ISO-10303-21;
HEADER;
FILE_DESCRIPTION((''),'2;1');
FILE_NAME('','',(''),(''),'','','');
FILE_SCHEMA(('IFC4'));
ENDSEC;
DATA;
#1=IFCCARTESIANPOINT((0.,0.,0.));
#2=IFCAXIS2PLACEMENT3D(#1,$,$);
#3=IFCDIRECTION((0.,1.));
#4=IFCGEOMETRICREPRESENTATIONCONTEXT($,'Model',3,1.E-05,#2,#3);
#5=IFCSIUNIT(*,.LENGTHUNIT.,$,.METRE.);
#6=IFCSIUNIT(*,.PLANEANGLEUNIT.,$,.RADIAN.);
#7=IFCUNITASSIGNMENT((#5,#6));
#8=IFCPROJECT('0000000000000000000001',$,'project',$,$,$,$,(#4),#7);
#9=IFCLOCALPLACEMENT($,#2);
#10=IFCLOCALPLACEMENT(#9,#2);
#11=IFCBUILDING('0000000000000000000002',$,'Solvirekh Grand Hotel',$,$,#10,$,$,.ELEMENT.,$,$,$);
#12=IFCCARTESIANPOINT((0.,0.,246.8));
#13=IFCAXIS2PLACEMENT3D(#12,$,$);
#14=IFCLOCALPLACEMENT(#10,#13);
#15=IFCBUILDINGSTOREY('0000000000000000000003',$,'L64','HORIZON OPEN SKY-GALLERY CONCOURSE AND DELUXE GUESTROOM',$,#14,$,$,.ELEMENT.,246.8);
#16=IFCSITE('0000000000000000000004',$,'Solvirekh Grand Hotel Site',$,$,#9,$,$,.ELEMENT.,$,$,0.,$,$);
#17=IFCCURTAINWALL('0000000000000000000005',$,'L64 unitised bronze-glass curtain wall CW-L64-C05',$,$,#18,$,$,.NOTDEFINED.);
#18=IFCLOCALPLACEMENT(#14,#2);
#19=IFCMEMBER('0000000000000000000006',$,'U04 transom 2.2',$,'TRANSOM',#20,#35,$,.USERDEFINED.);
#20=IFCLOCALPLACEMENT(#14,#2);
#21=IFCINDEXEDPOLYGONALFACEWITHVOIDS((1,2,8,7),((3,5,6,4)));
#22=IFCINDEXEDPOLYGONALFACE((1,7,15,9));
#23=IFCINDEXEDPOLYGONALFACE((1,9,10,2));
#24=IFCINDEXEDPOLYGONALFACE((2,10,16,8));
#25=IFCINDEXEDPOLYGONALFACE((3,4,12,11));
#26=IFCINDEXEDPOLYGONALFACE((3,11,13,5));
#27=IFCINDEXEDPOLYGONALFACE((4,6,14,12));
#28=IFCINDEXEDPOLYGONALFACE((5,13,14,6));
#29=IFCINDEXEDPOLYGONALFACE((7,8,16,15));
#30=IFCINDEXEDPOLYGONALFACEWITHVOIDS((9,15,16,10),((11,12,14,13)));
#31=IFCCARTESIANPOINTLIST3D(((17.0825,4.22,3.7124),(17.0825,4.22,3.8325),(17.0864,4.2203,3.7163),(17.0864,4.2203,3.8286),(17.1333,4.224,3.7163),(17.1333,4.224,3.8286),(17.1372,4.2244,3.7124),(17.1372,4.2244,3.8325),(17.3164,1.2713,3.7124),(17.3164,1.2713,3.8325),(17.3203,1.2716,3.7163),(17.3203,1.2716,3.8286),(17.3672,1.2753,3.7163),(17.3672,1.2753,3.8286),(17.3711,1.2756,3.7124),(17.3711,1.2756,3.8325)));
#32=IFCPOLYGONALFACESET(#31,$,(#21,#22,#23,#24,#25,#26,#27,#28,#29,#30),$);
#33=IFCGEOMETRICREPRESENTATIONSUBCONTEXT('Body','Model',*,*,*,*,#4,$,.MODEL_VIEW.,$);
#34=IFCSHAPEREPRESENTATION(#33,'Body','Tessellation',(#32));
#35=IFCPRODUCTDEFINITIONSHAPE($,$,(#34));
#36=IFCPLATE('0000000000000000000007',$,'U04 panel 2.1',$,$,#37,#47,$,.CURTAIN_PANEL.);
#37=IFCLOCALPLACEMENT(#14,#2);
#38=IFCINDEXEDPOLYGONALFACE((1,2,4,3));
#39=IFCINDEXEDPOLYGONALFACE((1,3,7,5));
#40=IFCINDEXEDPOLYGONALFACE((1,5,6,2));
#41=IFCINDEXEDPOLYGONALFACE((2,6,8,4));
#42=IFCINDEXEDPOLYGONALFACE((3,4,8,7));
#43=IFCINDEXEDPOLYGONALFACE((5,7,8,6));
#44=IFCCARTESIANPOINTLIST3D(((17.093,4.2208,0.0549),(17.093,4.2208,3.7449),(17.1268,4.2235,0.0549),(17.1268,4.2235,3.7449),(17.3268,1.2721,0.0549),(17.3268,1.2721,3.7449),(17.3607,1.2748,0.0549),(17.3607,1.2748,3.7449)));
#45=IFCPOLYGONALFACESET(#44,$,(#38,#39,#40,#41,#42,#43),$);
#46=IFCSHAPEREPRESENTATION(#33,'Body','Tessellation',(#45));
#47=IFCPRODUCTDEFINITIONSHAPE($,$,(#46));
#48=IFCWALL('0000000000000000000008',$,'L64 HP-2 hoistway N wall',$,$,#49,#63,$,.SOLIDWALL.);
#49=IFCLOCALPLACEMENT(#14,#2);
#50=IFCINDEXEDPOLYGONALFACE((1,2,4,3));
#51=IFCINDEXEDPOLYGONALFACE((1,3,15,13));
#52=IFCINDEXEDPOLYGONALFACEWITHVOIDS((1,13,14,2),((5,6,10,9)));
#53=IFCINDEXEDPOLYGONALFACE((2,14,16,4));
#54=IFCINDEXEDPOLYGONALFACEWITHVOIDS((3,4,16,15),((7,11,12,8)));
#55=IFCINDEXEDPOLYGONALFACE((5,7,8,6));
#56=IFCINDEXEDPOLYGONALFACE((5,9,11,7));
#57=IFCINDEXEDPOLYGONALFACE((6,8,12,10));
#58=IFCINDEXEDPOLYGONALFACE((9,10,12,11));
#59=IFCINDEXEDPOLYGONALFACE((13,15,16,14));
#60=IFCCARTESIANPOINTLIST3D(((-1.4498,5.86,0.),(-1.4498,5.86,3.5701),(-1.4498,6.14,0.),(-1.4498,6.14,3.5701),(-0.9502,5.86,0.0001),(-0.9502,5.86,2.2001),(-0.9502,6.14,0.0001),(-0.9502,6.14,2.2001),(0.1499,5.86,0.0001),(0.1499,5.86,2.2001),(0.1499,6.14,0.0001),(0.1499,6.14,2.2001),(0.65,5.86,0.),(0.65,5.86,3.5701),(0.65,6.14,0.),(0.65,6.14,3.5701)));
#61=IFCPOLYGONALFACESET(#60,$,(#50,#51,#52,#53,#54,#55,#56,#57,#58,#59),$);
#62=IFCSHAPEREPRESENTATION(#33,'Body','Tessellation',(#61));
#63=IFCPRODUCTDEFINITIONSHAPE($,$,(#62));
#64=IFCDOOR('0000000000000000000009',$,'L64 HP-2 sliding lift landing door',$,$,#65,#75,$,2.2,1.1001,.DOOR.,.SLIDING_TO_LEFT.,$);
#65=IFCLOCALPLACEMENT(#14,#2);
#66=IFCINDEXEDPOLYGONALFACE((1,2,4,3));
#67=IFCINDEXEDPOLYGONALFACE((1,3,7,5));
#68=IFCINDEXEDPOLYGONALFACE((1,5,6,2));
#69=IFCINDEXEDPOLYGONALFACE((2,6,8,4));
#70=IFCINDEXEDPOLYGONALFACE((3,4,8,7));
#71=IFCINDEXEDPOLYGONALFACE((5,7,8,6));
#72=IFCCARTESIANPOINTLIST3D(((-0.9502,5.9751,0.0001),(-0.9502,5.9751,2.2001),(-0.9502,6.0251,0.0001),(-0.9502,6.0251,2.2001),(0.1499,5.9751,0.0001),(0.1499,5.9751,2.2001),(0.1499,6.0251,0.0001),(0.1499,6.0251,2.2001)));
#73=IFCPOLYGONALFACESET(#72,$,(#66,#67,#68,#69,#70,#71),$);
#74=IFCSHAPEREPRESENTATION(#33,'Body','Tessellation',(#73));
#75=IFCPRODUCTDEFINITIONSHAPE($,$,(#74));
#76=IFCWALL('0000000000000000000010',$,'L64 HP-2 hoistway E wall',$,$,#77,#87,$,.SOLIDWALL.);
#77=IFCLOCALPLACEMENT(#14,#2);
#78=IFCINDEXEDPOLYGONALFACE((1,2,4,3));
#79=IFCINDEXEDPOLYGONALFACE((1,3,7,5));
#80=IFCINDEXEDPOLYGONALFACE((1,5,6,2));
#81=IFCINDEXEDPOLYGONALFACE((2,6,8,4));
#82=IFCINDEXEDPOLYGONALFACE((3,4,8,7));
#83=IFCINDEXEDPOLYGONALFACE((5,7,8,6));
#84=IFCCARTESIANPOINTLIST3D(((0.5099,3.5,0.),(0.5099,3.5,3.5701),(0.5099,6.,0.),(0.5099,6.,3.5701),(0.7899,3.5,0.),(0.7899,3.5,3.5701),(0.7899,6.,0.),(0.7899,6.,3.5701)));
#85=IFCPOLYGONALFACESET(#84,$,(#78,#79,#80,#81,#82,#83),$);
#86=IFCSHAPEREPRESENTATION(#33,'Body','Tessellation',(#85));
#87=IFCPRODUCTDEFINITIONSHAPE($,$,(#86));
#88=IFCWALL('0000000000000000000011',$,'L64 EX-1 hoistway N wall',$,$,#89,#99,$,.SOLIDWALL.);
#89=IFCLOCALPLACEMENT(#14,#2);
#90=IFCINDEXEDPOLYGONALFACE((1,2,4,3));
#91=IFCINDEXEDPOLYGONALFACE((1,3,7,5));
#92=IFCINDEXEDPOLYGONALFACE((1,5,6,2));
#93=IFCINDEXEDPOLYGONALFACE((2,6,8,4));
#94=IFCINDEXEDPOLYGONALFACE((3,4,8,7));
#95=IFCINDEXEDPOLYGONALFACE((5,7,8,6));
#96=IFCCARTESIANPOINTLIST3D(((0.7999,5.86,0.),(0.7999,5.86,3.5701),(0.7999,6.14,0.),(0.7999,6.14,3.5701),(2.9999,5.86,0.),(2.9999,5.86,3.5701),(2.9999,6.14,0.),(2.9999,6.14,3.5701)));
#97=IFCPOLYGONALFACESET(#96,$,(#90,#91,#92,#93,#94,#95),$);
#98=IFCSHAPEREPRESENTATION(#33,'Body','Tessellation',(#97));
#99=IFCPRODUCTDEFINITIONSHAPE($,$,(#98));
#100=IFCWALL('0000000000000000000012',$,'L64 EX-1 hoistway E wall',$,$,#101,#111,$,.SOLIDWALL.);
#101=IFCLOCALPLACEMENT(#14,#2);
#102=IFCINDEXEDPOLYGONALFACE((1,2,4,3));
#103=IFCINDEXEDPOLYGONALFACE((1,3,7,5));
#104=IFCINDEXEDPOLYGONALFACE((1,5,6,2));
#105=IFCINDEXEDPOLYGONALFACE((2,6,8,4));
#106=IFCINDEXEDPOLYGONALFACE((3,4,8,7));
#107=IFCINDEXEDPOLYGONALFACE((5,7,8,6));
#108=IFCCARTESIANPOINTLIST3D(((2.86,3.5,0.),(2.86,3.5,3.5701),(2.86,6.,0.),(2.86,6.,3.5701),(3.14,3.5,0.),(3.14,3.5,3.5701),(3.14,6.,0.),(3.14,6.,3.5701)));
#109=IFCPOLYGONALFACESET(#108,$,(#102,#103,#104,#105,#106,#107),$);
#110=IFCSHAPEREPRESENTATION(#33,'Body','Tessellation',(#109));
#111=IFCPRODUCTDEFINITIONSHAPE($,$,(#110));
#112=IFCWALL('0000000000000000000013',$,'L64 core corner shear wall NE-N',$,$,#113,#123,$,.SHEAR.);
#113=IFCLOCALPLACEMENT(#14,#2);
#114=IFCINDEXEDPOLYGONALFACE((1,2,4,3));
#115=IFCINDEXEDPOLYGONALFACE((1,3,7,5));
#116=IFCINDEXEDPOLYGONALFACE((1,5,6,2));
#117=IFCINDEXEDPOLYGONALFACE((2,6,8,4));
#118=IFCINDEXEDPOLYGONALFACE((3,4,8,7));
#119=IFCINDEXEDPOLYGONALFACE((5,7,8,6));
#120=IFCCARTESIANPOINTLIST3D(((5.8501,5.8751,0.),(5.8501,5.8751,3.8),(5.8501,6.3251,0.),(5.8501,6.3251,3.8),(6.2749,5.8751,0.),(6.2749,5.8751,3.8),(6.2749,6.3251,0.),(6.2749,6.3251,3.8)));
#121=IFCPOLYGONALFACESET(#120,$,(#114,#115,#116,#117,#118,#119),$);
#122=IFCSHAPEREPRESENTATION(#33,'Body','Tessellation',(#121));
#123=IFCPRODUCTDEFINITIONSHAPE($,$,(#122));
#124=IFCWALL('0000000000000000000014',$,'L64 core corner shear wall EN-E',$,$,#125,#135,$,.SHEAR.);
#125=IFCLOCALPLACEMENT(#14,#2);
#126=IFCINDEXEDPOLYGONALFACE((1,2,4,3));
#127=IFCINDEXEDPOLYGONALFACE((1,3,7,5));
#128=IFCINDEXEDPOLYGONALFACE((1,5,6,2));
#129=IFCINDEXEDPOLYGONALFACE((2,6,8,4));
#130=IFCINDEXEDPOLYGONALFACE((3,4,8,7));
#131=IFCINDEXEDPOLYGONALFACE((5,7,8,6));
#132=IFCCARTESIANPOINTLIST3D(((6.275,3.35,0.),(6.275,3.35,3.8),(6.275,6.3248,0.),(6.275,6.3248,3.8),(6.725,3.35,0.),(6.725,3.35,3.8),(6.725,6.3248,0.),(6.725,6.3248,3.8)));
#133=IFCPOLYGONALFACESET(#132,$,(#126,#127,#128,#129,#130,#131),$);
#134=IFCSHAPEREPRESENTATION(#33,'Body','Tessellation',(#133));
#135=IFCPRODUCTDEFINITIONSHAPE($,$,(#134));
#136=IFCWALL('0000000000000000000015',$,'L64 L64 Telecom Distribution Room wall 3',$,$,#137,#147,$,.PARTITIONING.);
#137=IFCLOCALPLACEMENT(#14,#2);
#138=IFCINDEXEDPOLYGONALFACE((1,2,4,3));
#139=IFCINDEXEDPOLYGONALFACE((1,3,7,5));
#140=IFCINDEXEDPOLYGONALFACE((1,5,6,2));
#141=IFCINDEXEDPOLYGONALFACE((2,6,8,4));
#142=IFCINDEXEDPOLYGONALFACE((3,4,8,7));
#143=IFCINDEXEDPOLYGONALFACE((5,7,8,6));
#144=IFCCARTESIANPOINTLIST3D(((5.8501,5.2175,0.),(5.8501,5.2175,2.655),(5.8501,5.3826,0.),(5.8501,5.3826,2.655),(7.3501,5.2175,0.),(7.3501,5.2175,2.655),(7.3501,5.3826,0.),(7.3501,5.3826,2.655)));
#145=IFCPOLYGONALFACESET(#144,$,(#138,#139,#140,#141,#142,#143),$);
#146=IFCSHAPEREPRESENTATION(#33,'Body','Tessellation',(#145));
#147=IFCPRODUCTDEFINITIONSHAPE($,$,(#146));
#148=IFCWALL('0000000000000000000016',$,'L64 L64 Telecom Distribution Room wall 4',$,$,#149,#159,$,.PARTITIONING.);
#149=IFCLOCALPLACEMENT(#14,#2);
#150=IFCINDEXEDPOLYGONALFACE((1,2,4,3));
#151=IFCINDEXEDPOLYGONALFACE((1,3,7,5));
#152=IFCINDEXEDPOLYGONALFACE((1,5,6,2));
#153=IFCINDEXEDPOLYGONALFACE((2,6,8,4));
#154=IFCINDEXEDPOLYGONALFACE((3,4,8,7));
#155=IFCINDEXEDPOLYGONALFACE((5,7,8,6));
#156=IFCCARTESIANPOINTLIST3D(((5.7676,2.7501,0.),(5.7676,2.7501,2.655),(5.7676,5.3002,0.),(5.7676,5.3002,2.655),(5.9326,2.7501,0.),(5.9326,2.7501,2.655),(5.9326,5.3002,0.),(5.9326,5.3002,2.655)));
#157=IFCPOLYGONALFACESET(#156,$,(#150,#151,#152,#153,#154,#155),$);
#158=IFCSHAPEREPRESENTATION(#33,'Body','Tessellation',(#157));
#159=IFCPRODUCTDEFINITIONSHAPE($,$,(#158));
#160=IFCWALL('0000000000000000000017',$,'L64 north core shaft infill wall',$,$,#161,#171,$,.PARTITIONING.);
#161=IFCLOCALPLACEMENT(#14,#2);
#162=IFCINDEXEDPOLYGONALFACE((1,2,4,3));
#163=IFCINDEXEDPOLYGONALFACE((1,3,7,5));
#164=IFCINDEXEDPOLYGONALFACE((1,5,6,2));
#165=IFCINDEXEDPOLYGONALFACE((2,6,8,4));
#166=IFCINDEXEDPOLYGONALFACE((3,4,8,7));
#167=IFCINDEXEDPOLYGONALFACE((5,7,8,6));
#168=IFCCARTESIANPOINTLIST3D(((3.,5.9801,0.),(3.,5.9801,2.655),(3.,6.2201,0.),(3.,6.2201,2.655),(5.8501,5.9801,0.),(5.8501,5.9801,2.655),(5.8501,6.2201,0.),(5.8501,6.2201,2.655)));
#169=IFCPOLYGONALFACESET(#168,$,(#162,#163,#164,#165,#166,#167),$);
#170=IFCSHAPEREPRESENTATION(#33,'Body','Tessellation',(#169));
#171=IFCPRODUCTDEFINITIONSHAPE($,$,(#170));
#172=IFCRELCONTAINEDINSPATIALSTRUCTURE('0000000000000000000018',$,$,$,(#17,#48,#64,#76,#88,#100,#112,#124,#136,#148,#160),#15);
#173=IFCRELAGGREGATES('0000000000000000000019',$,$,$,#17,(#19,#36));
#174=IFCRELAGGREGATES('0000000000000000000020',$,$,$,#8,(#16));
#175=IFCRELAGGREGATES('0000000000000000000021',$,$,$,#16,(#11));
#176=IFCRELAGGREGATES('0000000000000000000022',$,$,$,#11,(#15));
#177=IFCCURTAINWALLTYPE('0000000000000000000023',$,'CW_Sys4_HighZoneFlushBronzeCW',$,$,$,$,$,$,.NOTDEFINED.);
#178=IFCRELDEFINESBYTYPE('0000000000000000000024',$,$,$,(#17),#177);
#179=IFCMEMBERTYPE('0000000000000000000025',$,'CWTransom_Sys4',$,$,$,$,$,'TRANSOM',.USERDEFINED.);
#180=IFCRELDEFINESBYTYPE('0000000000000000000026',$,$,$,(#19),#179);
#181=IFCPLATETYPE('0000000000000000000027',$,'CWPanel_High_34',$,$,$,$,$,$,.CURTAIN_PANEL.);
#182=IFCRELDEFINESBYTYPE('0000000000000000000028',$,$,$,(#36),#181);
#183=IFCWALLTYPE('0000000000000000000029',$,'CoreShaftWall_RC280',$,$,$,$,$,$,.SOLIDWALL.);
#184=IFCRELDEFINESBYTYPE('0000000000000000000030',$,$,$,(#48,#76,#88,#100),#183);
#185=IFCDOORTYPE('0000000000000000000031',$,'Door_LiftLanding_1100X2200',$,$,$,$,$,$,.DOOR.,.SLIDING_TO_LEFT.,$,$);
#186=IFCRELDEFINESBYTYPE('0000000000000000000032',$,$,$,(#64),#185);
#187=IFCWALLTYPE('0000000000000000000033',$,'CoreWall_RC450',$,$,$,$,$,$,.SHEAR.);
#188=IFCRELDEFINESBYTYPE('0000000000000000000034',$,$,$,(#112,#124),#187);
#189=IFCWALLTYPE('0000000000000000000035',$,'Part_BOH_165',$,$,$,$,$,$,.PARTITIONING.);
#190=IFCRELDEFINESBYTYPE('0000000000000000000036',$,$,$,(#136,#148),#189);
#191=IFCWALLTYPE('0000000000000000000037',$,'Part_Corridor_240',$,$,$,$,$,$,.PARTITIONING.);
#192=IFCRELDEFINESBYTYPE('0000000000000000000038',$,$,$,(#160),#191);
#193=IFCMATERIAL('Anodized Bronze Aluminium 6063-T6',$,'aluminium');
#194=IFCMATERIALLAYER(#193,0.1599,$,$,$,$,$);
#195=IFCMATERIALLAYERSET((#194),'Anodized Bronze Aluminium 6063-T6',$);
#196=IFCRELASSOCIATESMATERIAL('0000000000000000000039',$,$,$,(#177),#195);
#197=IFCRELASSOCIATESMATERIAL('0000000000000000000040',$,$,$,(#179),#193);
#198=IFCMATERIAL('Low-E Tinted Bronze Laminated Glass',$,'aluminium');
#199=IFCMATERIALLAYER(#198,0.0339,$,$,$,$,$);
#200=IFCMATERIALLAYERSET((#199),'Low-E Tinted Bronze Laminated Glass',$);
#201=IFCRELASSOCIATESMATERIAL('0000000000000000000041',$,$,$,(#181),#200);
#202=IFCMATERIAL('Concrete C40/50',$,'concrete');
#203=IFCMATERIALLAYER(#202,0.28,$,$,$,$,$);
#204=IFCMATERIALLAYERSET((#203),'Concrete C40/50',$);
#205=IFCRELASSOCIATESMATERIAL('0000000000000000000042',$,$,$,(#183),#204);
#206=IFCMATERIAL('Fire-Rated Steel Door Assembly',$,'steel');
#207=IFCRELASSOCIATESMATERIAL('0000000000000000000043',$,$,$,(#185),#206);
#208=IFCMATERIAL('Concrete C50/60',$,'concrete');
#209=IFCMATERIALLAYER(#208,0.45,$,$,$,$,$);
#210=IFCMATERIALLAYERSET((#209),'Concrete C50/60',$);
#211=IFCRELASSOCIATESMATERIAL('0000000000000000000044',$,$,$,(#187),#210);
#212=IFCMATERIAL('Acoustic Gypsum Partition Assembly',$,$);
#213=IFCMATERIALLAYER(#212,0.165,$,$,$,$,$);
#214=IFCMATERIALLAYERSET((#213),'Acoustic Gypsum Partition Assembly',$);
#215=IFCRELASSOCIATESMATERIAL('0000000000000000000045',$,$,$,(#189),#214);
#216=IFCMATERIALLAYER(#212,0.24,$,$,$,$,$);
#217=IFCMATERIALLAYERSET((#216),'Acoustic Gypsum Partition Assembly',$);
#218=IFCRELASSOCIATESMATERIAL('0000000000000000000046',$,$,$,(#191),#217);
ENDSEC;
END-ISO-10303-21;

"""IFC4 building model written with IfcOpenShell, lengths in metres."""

from ifc_helpers import new_model, si_unit, direction, frame, frame_2d, origin, origin_2d, place, context, subcontext, project, spatial, rectangle, hollow_rectangle, extrude, source, transform, mapped, material, layer, layer_set, material_profile, profile_set, type_object, element, fill, aggregate, save


model = new_model("IFC4")

# Units and contexts
model_context = context("Model", 3, precision=1e-05, world=origin(), true_north=direction((0.0, 1.0)))
body_context = subcontext(model_context, "Body", "Model", "MODEL_VIEW")
ifc_project = project(units=[si_unit("LENGTHUNIT", "METRE"), si_unit("PLANEANGLEUNIT", "RADIAN")], contexts=[model_context])

# Site, building, storey
site_placement = place(None, origin())
site = spatial("IfcSite", under=ifc_project, at=site_placement, Name="Solvirekh Grand Hotel Site", CompositionType="ELEMENT", RefElevation=0.0)
building_placement = place(site_placement, origin())
building = spatial("IfcBuilding", under=site, at=building_placement, Name="Solvirekh Grand Hotel", CompositionType="ELEMENT")
storey_placement = place(building_placement, frame((0.0, 0.0, 246.8)))
storey = spatial("IfcBuildingStorey", under=building, at=storey_placement, Name="L64", Description="HORIZON OPEN SKY-GALLERY CONCOURSE AND DELUXE GUESTROOM", CompositionType="ELEMENT", Elevation=246.8)

# Shared definitions
ifc_material_1 = material(Name="Concrete C50/60", Category="concrete")

# Curtain wall, member, plate
ifc_material_2 = material(Name="Anodized Bronze Aluminium 6063-T6", Category="aluminium")
ifc_layer_1 = layer(ifc_material_2, 0.1599)
ifc_layer_set_1 = layer_set([ifc_layer_1], Name="Anodized Bronze Aluminium 6063-T6")
curtain_wall_type = type_object("IfcCurtainWallType", Name="CW_Sys4_HighZoneFlushBronzeCW", PredefinedType="NOTDEFINED", material=ifc_layer_set_1)
curtain_wall_placement = place(storey_placement, origin())
curtain_wall = element("IfcCurtainWall", 1, at=curtain_wall_placement, inside=storey, type_object=curtain_wall_type, Name="L64 unitised bronze-glass curtain wall CW-L64-C05", PredefinedType="NOTDEFINED")
ifc_material_profile_1 = material_profile(ifc_material_2, hollow_rectangle(XDim=0.0549, YDim=0.1201, WallThickness=0.0039, at=origin_2d()), Name="ALU RHS 120X55X4")
ifc_profile_set_1 = profile_set([ifc_material_profile_1], Name="Anodized Bronze Aluminium 6063-T6")
member_type_1 = type_object("IfcMemberType", Name="CWTransom_Sys4", ElementType="TRANSOM", PredefinedType="USERDEFINED", material=ifc_profile_set_1)
shared_shape_1 = source(origin(), body_context, "Body", "SweptSolid", [
    extrude(hollow_rectangle(XDim=0.0549, YDim=0.1201, WallThickness=0.0039, at=origin_2d()), origin(), (0.0, 0.0, 1.0), 2.958),
])
member_1_placement = place(storey_placement, frame((17.3438, 1.2734, 3.7725), z_axis=(-0.079069, 0.996869, 0.0), x_axis=(-0.996869, -0.079069, 0.0)))
member_1 = element("IfcMember", 2, at=member_1_placement, type_object=member_type_1, Name="U04 transom 2.2", ObjectType="TRANSOM", PredefinedType="USERDEFINED", context=body_context, shape_type="MappedRepresentation", body=[
    mapped(shared_shape_1, transform((0.0, 0.0, 0.0), x_axis=(1.0, 0.0, 0.0), y_axis=(0.0, 1.0, 0.0), z_axis=(0.0, 0.0, 1.0), scale=1.0)),
])
ifc_material_3 = material(Name="Low-E Tinted Bronze Laminated Glass", Category="aluminium")
ifc_layer_2 = layer(ifc_material_3, 0.0339)
ifc_layer_set_2 = layer_set([ifc_layer_2], Name="Low-E Tinted Bronze Laminated Glass")
plate_type = type_object("IfcPlateType", Name="CWPanel_High_34", PredefinedType="CURTAIN_PANEL", material=ifc_layer_set_2)
shared_shape_2 = source(origin(), body_context, "Body", "SweptSolid", [
    extrude(rectangle(XDim=2.958, YDim=0.0339, at=origin_2d()), origin(), (0.0, 0.0, 1.0), 3.6899),
])
plate_placement = place(storey_placement, frame((17.2268, 2.7478, 0.0549), z_axis=(0.0, 0.0, 1.0), x_axis=(-0.079067, 0.996869, 0.0)))
plate = element("IfcPlate", 3, at=plate_placement, type_object=plate_type, Name="U04 panel 2.1", PredefinedType="CURTAIN_PANEL", context=body_context, shape_type="MappedRepresentation", body=[
    mapped(shared_shape_2, transform((0.0, 0.0, 0.0), x_axis=(1.0, 0.0, 0.0), y_axis=(0.0, 1.0, 0.0), z_axis=(0.0, 0.0, 1.0), scale=1.0)),
])
aggregate(curtain_wall, [member_1, plate])

# Wall, opening, door
ifc_material_4 = material(Name="Concrete C40/50", Category="concrete")
ifc_layer_3 = layer(ifc_material_4, 0.28)
ifc_layer_set_3 = layer_set([ifc_layer_3], Name="Concrete C40/50")
wall_type_1 = type_object("IfcWallType", Name="CoreShaftWall_RC280", PredefinedType="SOLIDWALL", material=ifc_layer_set_3)
wall_1_placement = place(storey_placement, frame((0.6499, 6.0, 0.0), z_axis=(0.0, 0.0, 1.0), x_axis=(-1.0, 0.0, 0.0)))
wall_1 = element("IfcWall", 4, at=wall_1_placement, inside=storey, type_object=wall_type_1, Name="L64 HP-2 hoistway N wall", PredefinedType="SOLIDWALL", context=body_context, shape_type="SweptSolid", body=[
    extrude(rectangle(XDim=2.0999, YDim=0.28, at=frame_2d((1.0498, 0.0))), origin(), (0.0, 0.0, 1.0), 3.5701),
])
opening_1_placement = place(wall_1_placement, frame((0.5, 0.0, 0.0)))
opening_1 = element("IfcOpeningElement", 5, at=opening_1_placement, cuts=wall_1, PredefinedType="OPENING", context=body_context, shape_type="SweptSolid", body=[
    extrude(rectangle(XDim=1.1001, YDim=2.2, at=frame_2d((0.55, 1.1001))), frame((0.0, 0.1499, 0.0), z_axis=(0.0, -1.0, 0.0), x_axis=(1.0, 0.0, 0.0)), (0.0, 0.0, 1.0), 0.3),
])
ifc_material_5 = material(Name="Fire-Rated Steel Door Assembly", Category="steel")
door_type_1 = type_object("IfcDoorType", Name="Door_LiftLanding_1100X2200", OperationType="SLIDING_TO_LEFT", PredefinedType="DOOR", material=ifc_material_5)
door_1_placement = place(opening_1_placement, origin())
door_1 = element("IfcDoor", 6, at=door_1_placement, inside=storey, type_object=door_type_1, Name="L64 HP-2 sliding lift landing door", OperationType="SLIDING_TO_LEFT", OverallHeight=2.2, OverallWidth=1.1001, PredefinedType="DOOR", context=body_context, shape_type="SweptSolid", body=[
    extrude(rectangle(XDim=1.1001, YDim=2.2, at=frame_2d((0.55, 1.1001))), frame((0.0, 0.0249, 0.0), z_axis=(0.0, -1.0, 0.0), x_axis=(1.0, 0.0, 0.0)), (0.0, 0.0, 1.0), 0.05),
])
fill(opening_1, door_1)

# Walls
wall_2_placement = place(storey_placement, frame((0.6499, 3.5, 0.0), z_axis=(0.0, 0.0, 1.0), x_axis=(0.0, 1.0, 0.0)))
element("IfcWall", 7, at=wall_2_placement, inside=storey, type_object=wall_type_1, Name="L64 HP-2 hoistway E wall", PredefinedType="SOLIDWALL", context=body_context, shape_type="SweptSolid", body=[
    extrude(rectangle(XDim=2.5, YDim=0.28, at=frame_2d((1.25, 0.0))), origin(), (0.0, 0.0, 1.0), 3.5701),
])
wall_3_placement = place(storey_placement, frame((3.0, 6.0, 0.0), z_axis=(0.0, 0.0, 1.0), x_axis=(-1.0, 0.0, 0.0)))
element("IfcWall", 8, at=wall_3_placement, inside=storey, type_object=wall_type_1, Name="L64 EX-1 hoistway N wall", PredefinedType="SOLIDWALL", context=body_context, shape_type="SweptSolid", body=[
    extrude(rectangle(XDim=2.2, YDim=0.28, at=frame_2d((1.1001, 0.0))), origin(), (0.0, 0.0, 1.0), 3.5701),
])
wall_4_placement = place(storey_placement, frame((3.0, 3.5, 0.0), z_axis=(0.0, 0.0, 1.0), x_axis=(0.0, 1.0, 0.0)))
element("IfcWall", 9, at=wall_4_placement, inside=storey, type_object=wall_type_1, Name="L64 EX-1 hoistway E wall", PredefinedType="SOLIDWALL", context=body_context, shape_type="SweptSolid", body=[
    extrude(rectangle(XDim=2.5, YDim=0.28, at=frame_2d((1.25, 0.0))), origin(), (0.0, 0.0, 1.0), 3.5701),
])
ifc_layer_4 = layer(ifc_material_1, 0.45)
ifc_layer_set_4 = layer_set([ifc_layer_4], Name="Concrete C50/60")
wall_type_2 = type_object("IfcWallType", Name="CoreWall_RC450", PredefinedType="SHEAR", material=ifc_layer_set_4)
wall_5_placement = place(storey_placement, frame((5.8501, 6.1001, 0.0), z_axis=(0.0, 0.0, 1.0), x_axis=(1.0, 0.0, 0.0)))
element("IfcWall", 10, at=wall_5_placement, inside=storey, type_object=wall_type_2, Name="L64 core corner shear wall NE-N", PredefinedType="SHEAR", context=body_context, shape_type="SweptSolid", body=[
    extrude(rectangle(XDim=0.4248, YDim=0.45, at=frame_2d((0.2124, 0.0))), origin(), (0.0, 0.0, 1.0), 3.8),
])
wall_6_placement = place(storey_placement, frame((6.5, 3.3501, 0.0), z_axis=(0.0, 0.0, 1.0), x_axis=(0.0, 1.0, 0.0)))
element("IfcWall", 11, at=wall_6_placement, inside=storey, type_object=wall_type_2, Name="L64 core corner shear wall EN-E", PredefinedType="SHEAR", context=body_context, shape_type="SweptSolid", body=[
    extrude(rectangle(XDim=2.9749, YDim=0.45, at=frame_2d((1.4873, 0.0))), origin(), (0.0, 0.0, 1.0), 3.8),
])

# Shared definitions
ifc_material_6 = material(Name="Acoustic Gypsum Partition Assembly")
ifc_layer_5 = layer(ifc_material_6, 0.165)
ifc_layer_set_5 = layer_set([ifc_layer_5], Name="Acoustic Gypsum Partition Assembly")
wall_type_3 = type_object("IfcWallType", Name="Part_BOH_165", PredefinedType="PARTITIONING", material=ifc_layer_set_5)

# Walls
wall_7_placement = place(storey_placement, frame((7.3501, 5.3, 0.0), z_axis=(0.0, 0.0, 1.0), x_axis=(-1.0, 0.0, 0.0)))
element("IfcWall", 12, at=wall_7_placement, inside=storey, type_object=wall_type_3, Name="L64 L64 Telecom Distribution Room wall 3", PredefinedType="PARTITIONING", context=body_context, shape_type="SweptSolid", body=[
    extrude(rectangle(XDim=1.5, YDim=0.165, at=frame_2d((0.75, 0.0))), origin(), (0.0, 0.0, 1.0), 2.655),
])
wall_8_placement = place(storey_placement, frame((5.8501, 5.3, 0.0), z_axis=(0.0, 0.0, 1.0), x_axis=(0.0, -1.0, 0.0)))
element("IfcWall", 13, at=wall_8_placement, inside=storey, type_object=wall_type_3, Name="L64 L64 Telecom Distribution Room wall 4", PredefinedType="PARTITIONING", context=body_context, shape_type="SweptSolid", body=[
    extrude(rectangle(XDim=2.55, YDim=0.165, at=frame_2d((1.2749, 0.0))), origin(), (0.0, 0.0, 1.0), 2.655),
])
ifc_layer_6 = layer(ifc_material_6, 0.24)
ifc_layer_set_6 = layer_set([ifc_layer_6], Name="Acoustic Gypsum Partition Assembly")
wall_type_4 = type_object("IfcWallType", Name="Part_Corridor_240", PredefinedType="PARTITIONING", material=ifc_layer_set_6)
wall_9_placement = place(storey_placement, frame((3.0, 6.1001, 0.0), z_axis=(0.0, 0.0, 1.0), x_axis=(1.0, 0.0, 0.0)))
element("IfcWall", 14, at=wall_9_placement, inside=storey, type_object=wall_type_4, Name="L64 north core shaft infill wall", PredefinedType="PARTITIONING", context=body_context, shape_type="SweptSolid", body=[
    extrude(rectangle(XDim=2.8501, YDim=0.24, at=frame_2d((1.425, 0.0))), origin(), (0.0, 0.0, 1.0), 2.655),
])

save(model, "model.ifc")
